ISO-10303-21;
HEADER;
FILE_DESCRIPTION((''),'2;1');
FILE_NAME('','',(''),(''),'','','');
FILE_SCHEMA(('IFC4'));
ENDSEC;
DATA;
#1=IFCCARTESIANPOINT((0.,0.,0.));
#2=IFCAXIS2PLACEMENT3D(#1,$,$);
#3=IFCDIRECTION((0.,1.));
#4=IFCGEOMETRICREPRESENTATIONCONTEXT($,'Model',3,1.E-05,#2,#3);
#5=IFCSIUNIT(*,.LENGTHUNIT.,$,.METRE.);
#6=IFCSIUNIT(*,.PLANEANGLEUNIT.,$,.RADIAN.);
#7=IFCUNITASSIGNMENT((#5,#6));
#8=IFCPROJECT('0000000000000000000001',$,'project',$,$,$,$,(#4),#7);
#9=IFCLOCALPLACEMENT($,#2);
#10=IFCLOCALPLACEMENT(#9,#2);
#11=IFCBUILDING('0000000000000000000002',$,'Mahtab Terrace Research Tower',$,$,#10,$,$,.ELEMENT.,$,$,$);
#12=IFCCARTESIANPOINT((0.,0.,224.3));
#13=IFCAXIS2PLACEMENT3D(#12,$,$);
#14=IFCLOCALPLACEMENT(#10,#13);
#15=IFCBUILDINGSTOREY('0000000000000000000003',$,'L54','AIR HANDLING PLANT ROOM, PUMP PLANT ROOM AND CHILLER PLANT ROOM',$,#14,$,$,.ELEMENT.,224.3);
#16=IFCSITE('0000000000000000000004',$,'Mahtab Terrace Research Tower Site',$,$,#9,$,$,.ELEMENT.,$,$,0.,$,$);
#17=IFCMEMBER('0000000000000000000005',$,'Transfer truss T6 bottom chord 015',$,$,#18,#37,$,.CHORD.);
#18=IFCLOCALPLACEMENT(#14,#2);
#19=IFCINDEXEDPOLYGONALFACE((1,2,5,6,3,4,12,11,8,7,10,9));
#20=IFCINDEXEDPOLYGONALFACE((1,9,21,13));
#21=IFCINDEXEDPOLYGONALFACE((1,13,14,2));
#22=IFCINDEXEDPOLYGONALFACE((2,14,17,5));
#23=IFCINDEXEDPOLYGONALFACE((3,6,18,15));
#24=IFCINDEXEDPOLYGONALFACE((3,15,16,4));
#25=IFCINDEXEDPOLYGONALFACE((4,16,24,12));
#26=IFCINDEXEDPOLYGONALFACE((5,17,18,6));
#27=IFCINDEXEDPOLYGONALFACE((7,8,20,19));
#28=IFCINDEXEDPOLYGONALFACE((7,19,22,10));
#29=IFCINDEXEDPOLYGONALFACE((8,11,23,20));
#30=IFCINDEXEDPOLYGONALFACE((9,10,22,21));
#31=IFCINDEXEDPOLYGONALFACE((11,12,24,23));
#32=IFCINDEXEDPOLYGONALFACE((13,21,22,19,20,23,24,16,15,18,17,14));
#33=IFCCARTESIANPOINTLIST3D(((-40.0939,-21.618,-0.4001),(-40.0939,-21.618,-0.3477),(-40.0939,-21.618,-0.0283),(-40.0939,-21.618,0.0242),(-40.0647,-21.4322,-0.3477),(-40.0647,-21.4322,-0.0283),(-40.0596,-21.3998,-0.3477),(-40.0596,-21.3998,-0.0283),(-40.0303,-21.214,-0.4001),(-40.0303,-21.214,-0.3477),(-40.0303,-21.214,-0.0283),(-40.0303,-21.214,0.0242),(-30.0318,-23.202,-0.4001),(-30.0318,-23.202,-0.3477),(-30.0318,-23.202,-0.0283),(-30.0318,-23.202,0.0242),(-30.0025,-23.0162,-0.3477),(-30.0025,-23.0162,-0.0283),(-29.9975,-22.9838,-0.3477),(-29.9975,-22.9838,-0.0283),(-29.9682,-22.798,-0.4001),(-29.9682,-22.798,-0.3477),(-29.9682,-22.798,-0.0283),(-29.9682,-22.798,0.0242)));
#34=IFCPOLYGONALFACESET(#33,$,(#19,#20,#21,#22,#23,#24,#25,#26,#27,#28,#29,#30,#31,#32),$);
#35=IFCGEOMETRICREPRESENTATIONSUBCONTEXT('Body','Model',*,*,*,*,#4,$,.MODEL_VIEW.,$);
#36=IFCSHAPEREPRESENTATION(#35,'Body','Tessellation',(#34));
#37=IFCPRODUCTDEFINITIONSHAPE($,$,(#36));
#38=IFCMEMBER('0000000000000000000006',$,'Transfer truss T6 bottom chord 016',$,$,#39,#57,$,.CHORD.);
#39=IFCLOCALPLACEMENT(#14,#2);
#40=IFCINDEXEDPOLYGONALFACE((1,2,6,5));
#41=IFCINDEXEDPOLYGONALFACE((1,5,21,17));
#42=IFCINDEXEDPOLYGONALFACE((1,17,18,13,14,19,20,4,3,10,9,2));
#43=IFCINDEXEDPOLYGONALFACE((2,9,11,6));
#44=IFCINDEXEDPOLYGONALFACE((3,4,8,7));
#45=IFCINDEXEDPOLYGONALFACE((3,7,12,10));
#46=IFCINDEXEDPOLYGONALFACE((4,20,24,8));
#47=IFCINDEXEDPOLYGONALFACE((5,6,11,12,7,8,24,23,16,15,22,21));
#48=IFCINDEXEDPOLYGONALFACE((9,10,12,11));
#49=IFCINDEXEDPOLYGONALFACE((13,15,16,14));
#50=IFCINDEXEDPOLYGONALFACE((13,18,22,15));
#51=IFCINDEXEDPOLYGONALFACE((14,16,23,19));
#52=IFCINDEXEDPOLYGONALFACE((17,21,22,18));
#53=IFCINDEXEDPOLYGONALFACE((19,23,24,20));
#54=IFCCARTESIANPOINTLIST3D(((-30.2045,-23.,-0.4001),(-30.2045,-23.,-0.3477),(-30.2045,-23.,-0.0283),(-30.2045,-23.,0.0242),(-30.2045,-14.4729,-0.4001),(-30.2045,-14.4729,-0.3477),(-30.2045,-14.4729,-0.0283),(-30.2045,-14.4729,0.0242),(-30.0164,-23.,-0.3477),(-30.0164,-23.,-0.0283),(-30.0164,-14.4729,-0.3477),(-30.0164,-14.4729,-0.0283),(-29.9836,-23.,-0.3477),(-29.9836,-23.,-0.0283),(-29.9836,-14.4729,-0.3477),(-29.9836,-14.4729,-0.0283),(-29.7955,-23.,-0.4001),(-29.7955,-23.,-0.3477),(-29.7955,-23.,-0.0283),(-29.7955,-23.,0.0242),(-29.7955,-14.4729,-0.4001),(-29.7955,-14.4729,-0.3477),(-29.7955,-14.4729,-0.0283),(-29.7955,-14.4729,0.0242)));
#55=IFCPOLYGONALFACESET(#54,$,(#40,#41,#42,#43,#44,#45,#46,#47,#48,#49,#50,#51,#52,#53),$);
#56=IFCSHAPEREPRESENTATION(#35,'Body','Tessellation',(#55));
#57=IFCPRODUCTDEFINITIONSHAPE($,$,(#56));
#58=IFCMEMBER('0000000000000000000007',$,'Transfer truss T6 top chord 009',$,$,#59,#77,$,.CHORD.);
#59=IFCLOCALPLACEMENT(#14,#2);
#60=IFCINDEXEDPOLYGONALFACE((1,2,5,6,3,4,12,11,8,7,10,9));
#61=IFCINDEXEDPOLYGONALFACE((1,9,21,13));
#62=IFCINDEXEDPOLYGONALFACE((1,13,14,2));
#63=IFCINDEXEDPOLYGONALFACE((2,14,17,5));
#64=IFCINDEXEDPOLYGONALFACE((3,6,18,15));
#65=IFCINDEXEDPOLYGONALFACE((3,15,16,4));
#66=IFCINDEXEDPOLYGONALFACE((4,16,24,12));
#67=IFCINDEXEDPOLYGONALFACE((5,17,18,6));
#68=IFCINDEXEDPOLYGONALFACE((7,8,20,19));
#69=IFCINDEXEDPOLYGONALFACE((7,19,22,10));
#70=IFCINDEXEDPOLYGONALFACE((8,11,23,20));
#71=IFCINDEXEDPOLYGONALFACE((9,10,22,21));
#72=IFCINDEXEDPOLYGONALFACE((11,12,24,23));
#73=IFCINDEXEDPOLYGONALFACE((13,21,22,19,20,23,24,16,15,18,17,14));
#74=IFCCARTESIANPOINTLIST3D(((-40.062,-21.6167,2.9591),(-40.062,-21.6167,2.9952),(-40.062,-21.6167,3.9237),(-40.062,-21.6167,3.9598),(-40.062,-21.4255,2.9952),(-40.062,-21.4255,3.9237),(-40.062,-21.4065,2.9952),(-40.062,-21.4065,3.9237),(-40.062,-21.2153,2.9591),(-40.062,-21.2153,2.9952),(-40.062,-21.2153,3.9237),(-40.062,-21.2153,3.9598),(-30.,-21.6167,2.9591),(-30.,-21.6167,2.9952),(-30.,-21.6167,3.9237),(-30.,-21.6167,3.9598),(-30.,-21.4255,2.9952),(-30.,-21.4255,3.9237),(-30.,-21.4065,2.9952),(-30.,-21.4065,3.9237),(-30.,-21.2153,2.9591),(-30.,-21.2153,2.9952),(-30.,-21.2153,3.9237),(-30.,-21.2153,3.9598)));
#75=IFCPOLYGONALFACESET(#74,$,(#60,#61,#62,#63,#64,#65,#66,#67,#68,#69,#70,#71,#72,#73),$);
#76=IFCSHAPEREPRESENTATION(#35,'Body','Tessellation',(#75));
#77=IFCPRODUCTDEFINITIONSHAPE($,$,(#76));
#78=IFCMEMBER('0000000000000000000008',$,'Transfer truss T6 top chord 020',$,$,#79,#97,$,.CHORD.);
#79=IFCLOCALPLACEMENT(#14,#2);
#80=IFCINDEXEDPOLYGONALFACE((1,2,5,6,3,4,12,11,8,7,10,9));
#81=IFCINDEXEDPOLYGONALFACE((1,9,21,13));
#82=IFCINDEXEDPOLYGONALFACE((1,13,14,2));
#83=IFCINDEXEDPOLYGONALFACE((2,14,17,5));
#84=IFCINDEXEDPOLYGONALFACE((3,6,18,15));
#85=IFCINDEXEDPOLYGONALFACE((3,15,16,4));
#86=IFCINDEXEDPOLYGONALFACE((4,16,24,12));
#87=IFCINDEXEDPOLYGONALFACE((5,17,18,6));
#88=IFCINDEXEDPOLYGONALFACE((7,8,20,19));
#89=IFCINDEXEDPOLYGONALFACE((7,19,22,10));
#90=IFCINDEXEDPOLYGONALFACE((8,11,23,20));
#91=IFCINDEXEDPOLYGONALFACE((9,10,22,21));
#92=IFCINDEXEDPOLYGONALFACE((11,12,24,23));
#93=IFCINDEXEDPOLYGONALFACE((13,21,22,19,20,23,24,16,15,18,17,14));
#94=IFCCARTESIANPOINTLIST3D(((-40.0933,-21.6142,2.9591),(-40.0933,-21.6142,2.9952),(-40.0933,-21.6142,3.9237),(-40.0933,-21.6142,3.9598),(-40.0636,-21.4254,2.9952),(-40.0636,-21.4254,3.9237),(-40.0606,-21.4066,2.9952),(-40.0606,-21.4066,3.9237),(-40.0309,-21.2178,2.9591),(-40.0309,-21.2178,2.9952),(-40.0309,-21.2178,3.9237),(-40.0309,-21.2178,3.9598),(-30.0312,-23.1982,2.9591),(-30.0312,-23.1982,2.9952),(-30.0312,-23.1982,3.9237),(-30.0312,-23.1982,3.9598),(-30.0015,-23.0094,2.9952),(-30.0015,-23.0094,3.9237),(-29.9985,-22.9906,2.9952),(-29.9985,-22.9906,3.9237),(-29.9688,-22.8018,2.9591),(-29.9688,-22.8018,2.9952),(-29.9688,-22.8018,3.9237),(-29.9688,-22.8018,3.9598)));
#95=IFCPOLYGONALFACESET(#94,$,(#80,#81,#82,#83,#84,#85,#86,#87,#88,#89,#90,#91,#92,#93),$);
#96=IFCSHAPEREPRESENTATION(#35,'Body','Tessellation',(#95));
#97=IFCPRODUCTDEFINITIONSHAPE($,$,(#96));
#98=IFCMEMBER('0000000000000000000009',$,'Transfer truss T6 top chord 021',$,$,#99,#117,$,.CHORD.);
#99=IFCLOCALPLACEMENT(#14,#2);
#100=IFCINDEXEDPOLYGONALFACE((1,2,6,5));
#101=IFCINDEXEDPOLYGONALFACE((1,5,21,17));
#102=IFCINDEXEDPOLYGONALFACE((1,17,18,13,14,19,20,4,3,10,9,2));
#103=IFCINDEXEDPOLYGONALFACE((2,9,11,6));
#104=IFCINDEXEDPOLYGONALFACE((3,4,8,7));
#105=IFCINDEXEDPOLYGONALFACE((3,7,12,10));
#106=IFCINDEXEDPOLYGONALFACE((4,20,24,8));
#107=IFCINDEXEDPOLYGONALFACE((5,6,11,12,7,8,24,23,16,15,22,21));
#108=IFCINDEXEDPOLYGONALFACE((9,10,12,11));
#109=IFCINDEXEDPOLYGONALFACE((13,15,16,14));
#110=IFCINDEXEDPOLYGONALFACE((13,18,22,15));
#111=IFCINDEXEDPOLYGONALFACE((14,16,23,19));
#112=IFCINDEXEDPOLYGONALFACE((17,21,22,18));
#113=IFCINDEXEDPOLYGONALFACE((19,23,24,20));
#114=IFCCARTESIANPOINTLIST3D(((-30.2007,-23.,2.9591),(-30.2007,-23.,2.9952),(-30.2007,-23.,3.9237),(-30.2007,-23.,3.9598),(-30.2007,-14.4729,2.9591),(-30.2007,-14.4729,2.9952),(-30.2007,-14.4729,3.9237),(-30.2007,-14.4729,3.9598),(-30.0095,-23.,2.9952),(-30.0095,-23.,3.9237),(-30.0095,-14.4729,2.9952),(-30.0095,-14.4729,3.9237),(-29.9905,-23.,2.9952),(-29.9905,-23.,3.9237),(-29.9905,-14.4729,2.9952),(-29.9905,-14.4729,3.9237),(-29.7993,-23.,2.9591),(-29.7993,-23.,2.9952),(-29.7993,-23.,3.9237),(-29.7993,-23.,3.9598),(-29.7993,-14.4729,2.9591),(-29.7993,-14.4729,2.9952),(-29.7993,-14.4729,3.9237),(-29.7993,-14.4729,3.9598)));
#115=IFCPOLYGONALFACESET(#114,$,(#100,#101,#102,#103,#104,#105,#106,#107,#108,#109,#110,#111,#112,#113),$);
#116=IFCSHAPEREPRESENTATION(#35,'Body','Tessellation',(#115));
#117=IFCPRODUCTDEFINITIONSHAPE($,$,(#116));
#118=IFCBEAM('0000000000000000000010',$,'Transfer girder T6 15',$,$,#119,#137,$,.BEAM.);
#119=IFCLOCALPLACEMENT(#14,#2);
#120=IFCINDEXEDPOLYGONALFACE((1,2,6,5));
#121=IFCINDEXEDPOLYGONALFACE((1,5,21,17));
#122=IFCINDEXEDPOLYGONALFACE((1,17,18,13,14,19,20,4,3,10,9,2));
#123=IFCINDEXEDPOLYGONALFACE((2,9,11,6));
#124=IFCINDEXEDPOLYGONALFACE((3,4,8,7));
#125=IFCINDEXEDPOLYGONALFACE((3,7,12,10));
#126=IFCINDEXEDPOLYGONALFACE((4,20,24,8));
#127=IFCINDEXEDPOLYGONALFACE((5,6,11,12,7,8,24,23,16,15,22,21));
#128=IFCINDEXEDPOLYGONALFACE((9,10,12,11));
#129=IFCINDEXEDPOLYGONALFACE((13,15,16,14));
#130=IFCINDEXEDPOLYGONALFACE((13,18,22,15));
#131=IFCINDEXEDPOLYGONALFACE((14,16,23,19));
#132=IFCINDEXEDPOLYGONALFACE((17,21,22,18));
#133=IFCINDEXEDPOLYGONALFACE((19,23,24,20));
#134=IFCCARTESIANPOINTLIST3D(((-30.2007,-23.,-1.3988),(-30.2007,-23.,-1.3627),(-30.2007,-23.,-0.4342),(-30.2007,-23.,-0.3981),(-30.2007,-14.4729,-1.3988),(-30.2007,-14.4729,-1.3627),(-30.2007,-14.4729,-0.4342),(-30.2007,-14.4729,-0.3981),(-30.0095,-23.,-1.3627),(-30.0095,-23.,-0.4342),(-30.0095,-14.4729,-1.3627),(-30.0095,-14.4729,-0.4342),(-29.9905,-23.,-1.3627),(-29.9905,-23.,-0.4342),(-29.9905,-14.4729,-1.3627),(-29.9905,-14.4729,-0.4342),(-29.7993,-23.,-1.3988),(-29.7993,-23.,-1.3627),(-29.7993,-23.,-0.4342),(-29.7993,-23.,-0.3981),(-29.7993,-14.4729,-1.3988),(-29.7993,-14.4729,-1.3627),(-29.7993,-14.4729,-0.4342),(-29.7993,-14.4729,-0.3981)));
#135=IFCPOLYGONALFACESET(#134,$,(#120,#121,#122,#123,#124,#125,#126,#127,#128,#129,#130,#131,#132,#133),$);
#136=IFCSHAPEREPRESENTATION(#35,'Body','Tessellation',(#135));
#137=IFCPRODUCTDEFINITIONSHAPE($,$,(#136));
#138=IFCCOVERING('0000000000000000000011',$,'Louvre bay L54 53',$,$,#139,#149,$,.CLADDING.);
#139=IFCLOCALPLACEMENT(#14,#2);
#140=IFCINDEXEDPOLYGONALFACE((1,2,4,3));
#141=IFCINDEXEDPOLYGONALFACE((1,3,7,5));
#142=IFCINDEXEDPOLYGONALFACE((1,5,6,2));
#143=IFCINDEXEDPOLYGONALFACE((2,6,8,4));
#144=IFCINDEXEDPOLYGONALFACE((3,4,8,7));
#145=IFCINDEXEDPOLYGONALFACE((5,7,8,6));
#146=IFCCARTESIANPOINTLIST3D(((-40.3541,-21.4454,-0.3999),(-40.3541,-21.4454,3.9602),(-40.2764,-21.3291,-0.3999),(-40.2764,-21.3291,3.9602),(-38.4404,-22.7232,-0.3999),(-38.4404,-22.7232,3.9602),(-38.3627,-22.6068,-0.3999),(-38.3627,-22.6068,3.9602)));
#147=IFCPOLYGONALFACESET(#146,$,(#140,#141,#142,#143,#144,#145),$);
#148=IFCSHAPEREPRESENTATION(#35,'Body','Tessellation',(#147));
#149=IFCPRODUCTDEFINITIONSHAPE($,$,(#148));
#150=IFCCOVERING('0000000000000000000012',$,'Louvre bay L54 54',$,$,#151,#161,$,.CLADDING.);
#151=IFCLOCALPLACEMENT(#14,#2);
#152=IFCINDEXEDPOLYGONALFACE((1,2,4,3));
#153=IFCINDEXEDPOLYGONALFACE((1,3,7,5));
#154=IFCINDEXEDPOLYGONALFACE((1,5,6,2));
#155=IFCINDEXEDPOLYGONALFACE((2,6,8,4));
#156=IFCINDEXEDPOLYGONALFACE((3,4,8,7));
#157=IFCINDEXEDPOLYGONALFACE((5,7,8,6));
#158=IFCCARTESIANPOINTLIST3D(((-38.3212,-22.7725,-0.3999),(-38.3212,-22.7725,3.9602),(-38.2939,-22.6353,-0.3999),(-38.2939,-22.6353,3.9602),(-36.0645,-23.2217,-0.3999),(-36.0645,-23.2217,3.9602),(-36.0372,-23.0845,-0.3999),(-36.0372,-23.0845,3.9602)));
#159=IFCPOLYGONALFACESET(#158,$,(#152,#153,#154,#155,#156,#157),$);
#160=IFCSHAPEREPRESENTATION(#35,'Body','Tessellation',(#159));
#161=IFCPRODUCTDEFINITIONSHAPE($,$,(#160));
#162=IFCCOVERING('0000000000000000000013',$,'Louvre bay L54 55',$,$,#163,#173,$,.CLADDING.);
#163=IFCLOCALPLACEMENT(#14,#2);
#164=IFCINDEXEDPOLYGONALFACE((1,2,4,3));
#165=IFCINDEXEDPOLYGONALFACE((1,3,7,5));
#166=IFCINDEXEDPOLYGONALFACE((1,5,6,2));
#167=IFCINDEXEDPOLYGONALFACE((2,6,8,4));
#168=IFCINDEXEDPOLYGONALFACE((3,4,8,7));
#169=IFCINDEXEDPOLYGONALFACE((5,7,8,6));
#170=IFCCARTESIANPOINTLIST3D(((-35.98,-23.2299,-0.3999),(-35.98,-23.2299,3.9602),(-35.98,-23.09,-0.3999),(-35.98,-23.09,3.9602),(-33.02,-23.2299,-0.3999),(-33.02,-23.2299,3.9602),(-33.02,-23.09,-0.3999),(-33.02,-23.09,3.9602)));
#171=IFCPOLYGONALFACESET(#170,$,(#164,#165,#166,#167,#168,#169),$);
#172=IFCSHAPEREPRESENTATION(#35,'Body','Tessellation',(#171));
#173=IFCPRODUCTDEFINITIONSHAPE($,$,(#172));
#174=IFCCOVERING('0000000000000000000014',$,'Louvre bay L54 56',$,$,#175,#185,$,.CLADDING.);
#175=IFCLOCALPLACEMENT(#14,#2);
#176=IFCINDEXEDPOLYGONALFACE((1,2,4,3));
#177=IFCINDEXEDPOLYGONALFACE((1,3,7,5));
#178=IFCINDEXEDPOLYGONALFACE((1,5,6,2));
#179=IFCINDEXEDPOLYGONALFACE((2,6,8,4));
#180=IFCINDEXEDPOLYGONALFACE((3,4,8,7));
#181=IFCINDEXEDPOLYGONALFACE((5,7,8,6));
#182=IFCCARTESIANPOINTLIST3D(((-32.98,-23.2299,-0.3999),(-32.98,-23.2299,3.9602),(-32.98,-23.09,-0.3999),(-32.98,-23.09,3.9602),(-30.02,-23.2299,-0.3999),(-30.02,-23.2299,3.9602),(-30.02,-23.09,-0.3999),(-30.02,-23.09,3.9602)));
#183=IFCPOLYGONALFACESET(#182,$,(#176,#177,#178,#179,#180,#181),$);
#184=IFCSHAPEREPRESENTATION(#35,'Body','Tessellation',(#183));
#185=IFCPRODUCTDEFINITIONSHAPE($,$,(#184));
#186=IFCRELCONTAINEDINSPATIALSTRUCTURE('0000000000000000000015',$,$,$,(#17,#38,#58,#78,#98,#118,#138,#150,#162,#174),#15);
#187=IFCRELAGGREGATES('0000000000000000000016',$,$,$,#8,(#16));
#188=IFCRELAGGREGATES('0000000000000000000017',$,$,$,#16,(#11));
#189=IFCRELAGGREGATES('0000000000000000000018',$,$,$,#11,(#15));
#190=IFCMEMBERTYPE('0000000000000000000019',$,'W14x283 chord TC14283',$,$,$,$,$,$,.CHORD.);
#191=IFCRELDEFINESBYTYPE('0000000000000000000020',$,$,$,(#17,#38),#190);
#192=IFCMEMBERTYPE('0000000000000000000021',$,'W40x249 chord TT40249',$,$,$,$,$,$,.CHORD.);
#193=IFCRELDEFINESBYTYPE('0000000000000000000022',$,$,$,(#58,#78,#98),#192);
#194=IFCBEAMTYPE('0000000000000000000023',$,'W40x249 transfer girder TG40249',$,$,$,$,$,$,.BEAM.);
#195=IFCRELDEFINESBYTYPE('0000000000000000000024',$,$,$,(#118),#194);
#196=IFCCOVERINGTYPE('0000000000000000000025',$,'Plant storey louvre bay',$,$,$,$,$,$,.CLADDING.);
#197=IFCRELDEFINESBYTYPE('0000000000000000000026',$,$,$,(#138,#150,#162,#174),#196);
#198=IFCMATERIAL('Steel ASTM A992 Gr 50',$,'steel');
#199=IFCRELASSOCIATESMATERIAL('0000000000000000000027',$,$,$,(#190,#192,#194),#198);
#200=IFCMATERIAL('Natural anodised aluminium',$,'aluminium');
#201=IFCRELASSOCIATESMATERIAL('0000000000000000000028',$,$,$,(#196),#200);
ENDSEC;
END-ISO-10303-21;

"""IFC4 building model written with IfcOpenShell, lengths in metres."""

from ifc_helpers import new_model, si_unit, direction, frame, origin, origin_2d, place, context, subcontext, project, spatial, rectangle, i_section, extrude, material, material_profile, profile_set, type_object, element, save


model = new_model("IFC4")

# Units and contexts
model_context = context("Model", 3, precision=1e-05, world=origin(), true_north=direction((0.0, 1.0)))
body_context = subcontext(model_context, "Body", "Model", "MODEL_VIEW")
ifc_project = project(units=[si_unit("LENGTHUNIT", "METRE"), si_unit("PLANEANGLEUNIT", "RADIAN")], contexts=[model_context])

# Site, building, storey
site_placement = place(None, origin())
site = spatial("IfcSite", under=ifc_project, at=site_placement, Name="Mahtab Terrace Research Tower Site", CompositionType="ELEMENT", RefElevation=0.0)
building_placement = place(site_placement, origin())
building = spatial("IfcBuilding", under=site, at=building_placement, Name="Mahtab Terrace Research Tower", CompositionType="ELEMENT")
storey_placement = place(building_placement, frame((0.0, 0.0, 224.3)))
storey = spatial("IfcBuildingStorey", under=building, at=storey_placement, Name="L54", Description="AIR HANDLING PLANT ROOM, PUMP PLANT ROOM AND CHILLER PLANT ROOM", CompositionType="ELEMENT", Elevation=224.3)

# Members
ifc_material_1 = material(Name="Steel ASTM A992 Gr 50", Category="steel")
ifc_material_profile_1 = material_profile(ifc_material_1, i_section(OverallWidth=0.4089, OverallDepth=0.4243, WebThickness=0.0327, FlangeThickness=0.0525, at=origin_2d()), Name="W14X283")
ifc_profile_set_1 = profile_set([ifc_material_profile_1], Name="Steel ASTM A992 Gr 50")
member_type_1 = type_object("IfcMemberType", Name="W14x283 chord TC14283", PredefinedType="CHORD", material=ifc_profile_set_1)
member_1_placement = place(storey_placement, frame((-30.0, -23.0, -0.188), z_axis=(-0.987835, 0.155507, 0.0), x_axis=(-0.155507, -0.987835, 0.0)))
element("IfcMember", 1, at=member_1_placement, inside=storey, type_object=member_type_1, Name="Transfer truss T6 bottom chord 015", PredefinedType="CHORD", context=body_context, shape_type="SweptSolid", body=[
    extrude(i_section(OverallWidth=0.4089, OverallDepth=0.4243, WebThickness=0.0327, FlangeThickness=0.0525, at=origin_2d()), origin(), (0.0, 0.0, 1.0), 10.186),
])
member_2_placement = place(storey_placement, frame((-30.0, -23.0, -0.188), z_axis=(0.0, 1.0, 0.0), x_axis=(-1.0, 0.0, 0.0)))
element("IfcMember", 2, at=member_2_placement, inside=storey, type_object=member_type_1, Name="Transfer truss T6 bottom chord 016", PredefinedType="CHORD", context=body_context, shape_type="SweptSolid", body=[
    extrude(i_section(OverallWidth=0.4089, OverallDepth=0.4243, WebThickness=0.0327, FlangeThickness=0.0525, at=origin_2d()), origin(), (0.0, 0.0, 1.0), 8.5271),
])
ifc_material_profile_2 = material_profile(ifc_material_1, i_section(OverallWidth=0.4014, OverallDepth=1.0007, WebThickness=0.019, FlangeThickness=0.0361, at=origin_2d()), Name="W40X249")
ifc_profile_set_2 = profile_set([ifc_material_profile_2], Name="Steel ASTM A992 Gr 50")
member_type_2 = type_object("IfcMemberType", Name="W40x249 chord TT40249", PredefinedType="CHORD", material=ifc_profile_set_2)
member_3_placement = place(storey_placement, frame((-40.062, -21.416, 3.4595), z_axis=(1.0, 0.0, 0.0), x_axis=(0.0, 1.0, 0.0)))
element("IfcMember", 3, at=member_3_placement, inside=storey, type_object=member_type_2, Name="Transfer truss T6 top chord 009", PredefinedType="CHORD", context=body_context, shape_type="SweptSolid", body=[
    extrude(i_section(OverallWidth=0.4014, OverallDepth=1.0007, WebThickness=0.019, FlangeThickness=0.0361, at=origin_2d()), origin(), (0.0, 0.0, 1.0), 10.062),
])
member_4_placement = place(storey_placement, frame((-30.0, -23.0, 3.4595), z_axis=(-0.987835, 0.155507, 0.0), x_axis=(-0.155507, -0.987835, 0.0)))
element("IfcMember", 4, at=member_4_placement, inside=storey, type_object=member_type_2, Name="Transfer truss T6 top chord 020", PredefinedType="CHORD", context=body_context, shape_type="SweptSolid", body=[
    extrude(i_section(OverallWidth=0.4014, OverallDepth=1.0007, WebThickness=0.019, FlangeThickness=0.0361, at=origin_2d()), origin(), (0.0, 0.0, 1.0), 10.186),
])
member_5_placement = place(storey_placement, frame((-30.0, -23.0, 3.4595), z_axis=(0.0, 1.0, 0.0), x_axis=(-1.0, 0.0, 0.0)))
element("IfcMember", 5, at=member_5_placement, inside=storey, type_object=member_type_2, Name="Transfer truss T6 top chord 021", PredefinedType="CHORD", context=body_context, shape_type="SweptSolid", body=[
    extrude(i_section(OverallWidth=0.4014, OverallDepth=1.0007, WebThickness=0.019, FlangeThickness=0.0361, at=origin_2d()), origin(), (0.0, 0.0, 1.0), 8.5271),
])

# Beam
ifc_material_profile_3 = material_profile(ifc_material_1, i_section(OverallWidth=0.4014, OverallDepth=1.0007, WebThickness=0.019, FlangeThickness=0.0361, at=origin_2d()), Name="W40X249")
ifc_profile_set_3 = profile_set([ifc_material_profile_3], Name="Steel ASTM A992 Gr 50")
beam_type = type_object("IfcBeamType", Name="W40x249 transfer girder TG40249", PredefinedType="BEAM", material=ifc_profile_set_3)
beam_placement = place(storey_placement, frame((-30.0, -23.0, -0.8984), z_axis=(0.0, 1.0, 0.0), x_axis=(-1.0, 0.0, 0.0)))
element("IfcBeam", 6, at=beam_placement, inside=storey, type_object=beam_type, Name="Transfer girder T6 15", PredefinedType="BEAM", context=body_context, shape_type="SweptSolid", body=[
    extrude(i_section(OverallWidth=0.4014, OverallDepth=1.0007, WebThickness=0.019, FlangeThickness=0.0361, at=origin_2d()), origin(), (0.0, 0.0, 1.0), 8.5271),
])

# Coverings
ifc_material_2 = material(Name="Natural anodised aluminium", Category="aluminium")
covering_type = type_object("IfcCoveringType", Name="Plant storey louvre bay", PredefinedType="CLADDING", material=ifc_material_2)
for number, where, z_axis, x_axis, name in (
    (7, (-39.3584, -22.0261, -0.3999), (0.0, 0.0, 1.0), (0.831656, -0.555291, 0.0), "Louvre bay L54 53"),
    (8, (-37.1792, -22.9285, -0.3999), (0.0, 0.0, 1.0), (0.980761, -0.195212, 0.0), "Louvre bay L54 54"),
):
    element("IfcCovering", number, at=place(storey_placement, frame(where, z_axis=z_axis, x_axis=x_axis)), inside=storey, type_object=covering_type, Name=name, PredefinedType="CLADDING", context=body_context, shape_type="SweptSolid", body=[
        extrude(rectangle(XDim=2.301, YDim=0.1399, at=origin_2d()), origin(), (0.0, 0.0, 1.0), 4.3601),
    ])
for number, where, z_axis, x_axis, name in (
    (9, (-34.5, -23.1599, -0.3999), (0.0, 0.0, 1.0), (1.0, 0.0, 0.0), "Louvre bay L54 55"),
    (10, (-31.5, -23.1599, -0.3999), (0.0, 0.0, 1.0), (1.0, 0.0, 0.0), "Louvre bay L54 56"),
):
    element("IfcCovering", number, at=place(storey_placement, frame(where, z_axis=z_axis, x_axis=x_axis)), inside=storey, type_object=covering_type, Name=name, PredefinedType="CLADDING", context=body_context, shape_type="SweptSolid", body=[
        extrude(rectangle(XDim=2.96, YDim=0.1399, at=origin_2d()), origin(), (0.0, 0.0, 1.0), 4.3601),
    ])

save(model, "model.ifc")
